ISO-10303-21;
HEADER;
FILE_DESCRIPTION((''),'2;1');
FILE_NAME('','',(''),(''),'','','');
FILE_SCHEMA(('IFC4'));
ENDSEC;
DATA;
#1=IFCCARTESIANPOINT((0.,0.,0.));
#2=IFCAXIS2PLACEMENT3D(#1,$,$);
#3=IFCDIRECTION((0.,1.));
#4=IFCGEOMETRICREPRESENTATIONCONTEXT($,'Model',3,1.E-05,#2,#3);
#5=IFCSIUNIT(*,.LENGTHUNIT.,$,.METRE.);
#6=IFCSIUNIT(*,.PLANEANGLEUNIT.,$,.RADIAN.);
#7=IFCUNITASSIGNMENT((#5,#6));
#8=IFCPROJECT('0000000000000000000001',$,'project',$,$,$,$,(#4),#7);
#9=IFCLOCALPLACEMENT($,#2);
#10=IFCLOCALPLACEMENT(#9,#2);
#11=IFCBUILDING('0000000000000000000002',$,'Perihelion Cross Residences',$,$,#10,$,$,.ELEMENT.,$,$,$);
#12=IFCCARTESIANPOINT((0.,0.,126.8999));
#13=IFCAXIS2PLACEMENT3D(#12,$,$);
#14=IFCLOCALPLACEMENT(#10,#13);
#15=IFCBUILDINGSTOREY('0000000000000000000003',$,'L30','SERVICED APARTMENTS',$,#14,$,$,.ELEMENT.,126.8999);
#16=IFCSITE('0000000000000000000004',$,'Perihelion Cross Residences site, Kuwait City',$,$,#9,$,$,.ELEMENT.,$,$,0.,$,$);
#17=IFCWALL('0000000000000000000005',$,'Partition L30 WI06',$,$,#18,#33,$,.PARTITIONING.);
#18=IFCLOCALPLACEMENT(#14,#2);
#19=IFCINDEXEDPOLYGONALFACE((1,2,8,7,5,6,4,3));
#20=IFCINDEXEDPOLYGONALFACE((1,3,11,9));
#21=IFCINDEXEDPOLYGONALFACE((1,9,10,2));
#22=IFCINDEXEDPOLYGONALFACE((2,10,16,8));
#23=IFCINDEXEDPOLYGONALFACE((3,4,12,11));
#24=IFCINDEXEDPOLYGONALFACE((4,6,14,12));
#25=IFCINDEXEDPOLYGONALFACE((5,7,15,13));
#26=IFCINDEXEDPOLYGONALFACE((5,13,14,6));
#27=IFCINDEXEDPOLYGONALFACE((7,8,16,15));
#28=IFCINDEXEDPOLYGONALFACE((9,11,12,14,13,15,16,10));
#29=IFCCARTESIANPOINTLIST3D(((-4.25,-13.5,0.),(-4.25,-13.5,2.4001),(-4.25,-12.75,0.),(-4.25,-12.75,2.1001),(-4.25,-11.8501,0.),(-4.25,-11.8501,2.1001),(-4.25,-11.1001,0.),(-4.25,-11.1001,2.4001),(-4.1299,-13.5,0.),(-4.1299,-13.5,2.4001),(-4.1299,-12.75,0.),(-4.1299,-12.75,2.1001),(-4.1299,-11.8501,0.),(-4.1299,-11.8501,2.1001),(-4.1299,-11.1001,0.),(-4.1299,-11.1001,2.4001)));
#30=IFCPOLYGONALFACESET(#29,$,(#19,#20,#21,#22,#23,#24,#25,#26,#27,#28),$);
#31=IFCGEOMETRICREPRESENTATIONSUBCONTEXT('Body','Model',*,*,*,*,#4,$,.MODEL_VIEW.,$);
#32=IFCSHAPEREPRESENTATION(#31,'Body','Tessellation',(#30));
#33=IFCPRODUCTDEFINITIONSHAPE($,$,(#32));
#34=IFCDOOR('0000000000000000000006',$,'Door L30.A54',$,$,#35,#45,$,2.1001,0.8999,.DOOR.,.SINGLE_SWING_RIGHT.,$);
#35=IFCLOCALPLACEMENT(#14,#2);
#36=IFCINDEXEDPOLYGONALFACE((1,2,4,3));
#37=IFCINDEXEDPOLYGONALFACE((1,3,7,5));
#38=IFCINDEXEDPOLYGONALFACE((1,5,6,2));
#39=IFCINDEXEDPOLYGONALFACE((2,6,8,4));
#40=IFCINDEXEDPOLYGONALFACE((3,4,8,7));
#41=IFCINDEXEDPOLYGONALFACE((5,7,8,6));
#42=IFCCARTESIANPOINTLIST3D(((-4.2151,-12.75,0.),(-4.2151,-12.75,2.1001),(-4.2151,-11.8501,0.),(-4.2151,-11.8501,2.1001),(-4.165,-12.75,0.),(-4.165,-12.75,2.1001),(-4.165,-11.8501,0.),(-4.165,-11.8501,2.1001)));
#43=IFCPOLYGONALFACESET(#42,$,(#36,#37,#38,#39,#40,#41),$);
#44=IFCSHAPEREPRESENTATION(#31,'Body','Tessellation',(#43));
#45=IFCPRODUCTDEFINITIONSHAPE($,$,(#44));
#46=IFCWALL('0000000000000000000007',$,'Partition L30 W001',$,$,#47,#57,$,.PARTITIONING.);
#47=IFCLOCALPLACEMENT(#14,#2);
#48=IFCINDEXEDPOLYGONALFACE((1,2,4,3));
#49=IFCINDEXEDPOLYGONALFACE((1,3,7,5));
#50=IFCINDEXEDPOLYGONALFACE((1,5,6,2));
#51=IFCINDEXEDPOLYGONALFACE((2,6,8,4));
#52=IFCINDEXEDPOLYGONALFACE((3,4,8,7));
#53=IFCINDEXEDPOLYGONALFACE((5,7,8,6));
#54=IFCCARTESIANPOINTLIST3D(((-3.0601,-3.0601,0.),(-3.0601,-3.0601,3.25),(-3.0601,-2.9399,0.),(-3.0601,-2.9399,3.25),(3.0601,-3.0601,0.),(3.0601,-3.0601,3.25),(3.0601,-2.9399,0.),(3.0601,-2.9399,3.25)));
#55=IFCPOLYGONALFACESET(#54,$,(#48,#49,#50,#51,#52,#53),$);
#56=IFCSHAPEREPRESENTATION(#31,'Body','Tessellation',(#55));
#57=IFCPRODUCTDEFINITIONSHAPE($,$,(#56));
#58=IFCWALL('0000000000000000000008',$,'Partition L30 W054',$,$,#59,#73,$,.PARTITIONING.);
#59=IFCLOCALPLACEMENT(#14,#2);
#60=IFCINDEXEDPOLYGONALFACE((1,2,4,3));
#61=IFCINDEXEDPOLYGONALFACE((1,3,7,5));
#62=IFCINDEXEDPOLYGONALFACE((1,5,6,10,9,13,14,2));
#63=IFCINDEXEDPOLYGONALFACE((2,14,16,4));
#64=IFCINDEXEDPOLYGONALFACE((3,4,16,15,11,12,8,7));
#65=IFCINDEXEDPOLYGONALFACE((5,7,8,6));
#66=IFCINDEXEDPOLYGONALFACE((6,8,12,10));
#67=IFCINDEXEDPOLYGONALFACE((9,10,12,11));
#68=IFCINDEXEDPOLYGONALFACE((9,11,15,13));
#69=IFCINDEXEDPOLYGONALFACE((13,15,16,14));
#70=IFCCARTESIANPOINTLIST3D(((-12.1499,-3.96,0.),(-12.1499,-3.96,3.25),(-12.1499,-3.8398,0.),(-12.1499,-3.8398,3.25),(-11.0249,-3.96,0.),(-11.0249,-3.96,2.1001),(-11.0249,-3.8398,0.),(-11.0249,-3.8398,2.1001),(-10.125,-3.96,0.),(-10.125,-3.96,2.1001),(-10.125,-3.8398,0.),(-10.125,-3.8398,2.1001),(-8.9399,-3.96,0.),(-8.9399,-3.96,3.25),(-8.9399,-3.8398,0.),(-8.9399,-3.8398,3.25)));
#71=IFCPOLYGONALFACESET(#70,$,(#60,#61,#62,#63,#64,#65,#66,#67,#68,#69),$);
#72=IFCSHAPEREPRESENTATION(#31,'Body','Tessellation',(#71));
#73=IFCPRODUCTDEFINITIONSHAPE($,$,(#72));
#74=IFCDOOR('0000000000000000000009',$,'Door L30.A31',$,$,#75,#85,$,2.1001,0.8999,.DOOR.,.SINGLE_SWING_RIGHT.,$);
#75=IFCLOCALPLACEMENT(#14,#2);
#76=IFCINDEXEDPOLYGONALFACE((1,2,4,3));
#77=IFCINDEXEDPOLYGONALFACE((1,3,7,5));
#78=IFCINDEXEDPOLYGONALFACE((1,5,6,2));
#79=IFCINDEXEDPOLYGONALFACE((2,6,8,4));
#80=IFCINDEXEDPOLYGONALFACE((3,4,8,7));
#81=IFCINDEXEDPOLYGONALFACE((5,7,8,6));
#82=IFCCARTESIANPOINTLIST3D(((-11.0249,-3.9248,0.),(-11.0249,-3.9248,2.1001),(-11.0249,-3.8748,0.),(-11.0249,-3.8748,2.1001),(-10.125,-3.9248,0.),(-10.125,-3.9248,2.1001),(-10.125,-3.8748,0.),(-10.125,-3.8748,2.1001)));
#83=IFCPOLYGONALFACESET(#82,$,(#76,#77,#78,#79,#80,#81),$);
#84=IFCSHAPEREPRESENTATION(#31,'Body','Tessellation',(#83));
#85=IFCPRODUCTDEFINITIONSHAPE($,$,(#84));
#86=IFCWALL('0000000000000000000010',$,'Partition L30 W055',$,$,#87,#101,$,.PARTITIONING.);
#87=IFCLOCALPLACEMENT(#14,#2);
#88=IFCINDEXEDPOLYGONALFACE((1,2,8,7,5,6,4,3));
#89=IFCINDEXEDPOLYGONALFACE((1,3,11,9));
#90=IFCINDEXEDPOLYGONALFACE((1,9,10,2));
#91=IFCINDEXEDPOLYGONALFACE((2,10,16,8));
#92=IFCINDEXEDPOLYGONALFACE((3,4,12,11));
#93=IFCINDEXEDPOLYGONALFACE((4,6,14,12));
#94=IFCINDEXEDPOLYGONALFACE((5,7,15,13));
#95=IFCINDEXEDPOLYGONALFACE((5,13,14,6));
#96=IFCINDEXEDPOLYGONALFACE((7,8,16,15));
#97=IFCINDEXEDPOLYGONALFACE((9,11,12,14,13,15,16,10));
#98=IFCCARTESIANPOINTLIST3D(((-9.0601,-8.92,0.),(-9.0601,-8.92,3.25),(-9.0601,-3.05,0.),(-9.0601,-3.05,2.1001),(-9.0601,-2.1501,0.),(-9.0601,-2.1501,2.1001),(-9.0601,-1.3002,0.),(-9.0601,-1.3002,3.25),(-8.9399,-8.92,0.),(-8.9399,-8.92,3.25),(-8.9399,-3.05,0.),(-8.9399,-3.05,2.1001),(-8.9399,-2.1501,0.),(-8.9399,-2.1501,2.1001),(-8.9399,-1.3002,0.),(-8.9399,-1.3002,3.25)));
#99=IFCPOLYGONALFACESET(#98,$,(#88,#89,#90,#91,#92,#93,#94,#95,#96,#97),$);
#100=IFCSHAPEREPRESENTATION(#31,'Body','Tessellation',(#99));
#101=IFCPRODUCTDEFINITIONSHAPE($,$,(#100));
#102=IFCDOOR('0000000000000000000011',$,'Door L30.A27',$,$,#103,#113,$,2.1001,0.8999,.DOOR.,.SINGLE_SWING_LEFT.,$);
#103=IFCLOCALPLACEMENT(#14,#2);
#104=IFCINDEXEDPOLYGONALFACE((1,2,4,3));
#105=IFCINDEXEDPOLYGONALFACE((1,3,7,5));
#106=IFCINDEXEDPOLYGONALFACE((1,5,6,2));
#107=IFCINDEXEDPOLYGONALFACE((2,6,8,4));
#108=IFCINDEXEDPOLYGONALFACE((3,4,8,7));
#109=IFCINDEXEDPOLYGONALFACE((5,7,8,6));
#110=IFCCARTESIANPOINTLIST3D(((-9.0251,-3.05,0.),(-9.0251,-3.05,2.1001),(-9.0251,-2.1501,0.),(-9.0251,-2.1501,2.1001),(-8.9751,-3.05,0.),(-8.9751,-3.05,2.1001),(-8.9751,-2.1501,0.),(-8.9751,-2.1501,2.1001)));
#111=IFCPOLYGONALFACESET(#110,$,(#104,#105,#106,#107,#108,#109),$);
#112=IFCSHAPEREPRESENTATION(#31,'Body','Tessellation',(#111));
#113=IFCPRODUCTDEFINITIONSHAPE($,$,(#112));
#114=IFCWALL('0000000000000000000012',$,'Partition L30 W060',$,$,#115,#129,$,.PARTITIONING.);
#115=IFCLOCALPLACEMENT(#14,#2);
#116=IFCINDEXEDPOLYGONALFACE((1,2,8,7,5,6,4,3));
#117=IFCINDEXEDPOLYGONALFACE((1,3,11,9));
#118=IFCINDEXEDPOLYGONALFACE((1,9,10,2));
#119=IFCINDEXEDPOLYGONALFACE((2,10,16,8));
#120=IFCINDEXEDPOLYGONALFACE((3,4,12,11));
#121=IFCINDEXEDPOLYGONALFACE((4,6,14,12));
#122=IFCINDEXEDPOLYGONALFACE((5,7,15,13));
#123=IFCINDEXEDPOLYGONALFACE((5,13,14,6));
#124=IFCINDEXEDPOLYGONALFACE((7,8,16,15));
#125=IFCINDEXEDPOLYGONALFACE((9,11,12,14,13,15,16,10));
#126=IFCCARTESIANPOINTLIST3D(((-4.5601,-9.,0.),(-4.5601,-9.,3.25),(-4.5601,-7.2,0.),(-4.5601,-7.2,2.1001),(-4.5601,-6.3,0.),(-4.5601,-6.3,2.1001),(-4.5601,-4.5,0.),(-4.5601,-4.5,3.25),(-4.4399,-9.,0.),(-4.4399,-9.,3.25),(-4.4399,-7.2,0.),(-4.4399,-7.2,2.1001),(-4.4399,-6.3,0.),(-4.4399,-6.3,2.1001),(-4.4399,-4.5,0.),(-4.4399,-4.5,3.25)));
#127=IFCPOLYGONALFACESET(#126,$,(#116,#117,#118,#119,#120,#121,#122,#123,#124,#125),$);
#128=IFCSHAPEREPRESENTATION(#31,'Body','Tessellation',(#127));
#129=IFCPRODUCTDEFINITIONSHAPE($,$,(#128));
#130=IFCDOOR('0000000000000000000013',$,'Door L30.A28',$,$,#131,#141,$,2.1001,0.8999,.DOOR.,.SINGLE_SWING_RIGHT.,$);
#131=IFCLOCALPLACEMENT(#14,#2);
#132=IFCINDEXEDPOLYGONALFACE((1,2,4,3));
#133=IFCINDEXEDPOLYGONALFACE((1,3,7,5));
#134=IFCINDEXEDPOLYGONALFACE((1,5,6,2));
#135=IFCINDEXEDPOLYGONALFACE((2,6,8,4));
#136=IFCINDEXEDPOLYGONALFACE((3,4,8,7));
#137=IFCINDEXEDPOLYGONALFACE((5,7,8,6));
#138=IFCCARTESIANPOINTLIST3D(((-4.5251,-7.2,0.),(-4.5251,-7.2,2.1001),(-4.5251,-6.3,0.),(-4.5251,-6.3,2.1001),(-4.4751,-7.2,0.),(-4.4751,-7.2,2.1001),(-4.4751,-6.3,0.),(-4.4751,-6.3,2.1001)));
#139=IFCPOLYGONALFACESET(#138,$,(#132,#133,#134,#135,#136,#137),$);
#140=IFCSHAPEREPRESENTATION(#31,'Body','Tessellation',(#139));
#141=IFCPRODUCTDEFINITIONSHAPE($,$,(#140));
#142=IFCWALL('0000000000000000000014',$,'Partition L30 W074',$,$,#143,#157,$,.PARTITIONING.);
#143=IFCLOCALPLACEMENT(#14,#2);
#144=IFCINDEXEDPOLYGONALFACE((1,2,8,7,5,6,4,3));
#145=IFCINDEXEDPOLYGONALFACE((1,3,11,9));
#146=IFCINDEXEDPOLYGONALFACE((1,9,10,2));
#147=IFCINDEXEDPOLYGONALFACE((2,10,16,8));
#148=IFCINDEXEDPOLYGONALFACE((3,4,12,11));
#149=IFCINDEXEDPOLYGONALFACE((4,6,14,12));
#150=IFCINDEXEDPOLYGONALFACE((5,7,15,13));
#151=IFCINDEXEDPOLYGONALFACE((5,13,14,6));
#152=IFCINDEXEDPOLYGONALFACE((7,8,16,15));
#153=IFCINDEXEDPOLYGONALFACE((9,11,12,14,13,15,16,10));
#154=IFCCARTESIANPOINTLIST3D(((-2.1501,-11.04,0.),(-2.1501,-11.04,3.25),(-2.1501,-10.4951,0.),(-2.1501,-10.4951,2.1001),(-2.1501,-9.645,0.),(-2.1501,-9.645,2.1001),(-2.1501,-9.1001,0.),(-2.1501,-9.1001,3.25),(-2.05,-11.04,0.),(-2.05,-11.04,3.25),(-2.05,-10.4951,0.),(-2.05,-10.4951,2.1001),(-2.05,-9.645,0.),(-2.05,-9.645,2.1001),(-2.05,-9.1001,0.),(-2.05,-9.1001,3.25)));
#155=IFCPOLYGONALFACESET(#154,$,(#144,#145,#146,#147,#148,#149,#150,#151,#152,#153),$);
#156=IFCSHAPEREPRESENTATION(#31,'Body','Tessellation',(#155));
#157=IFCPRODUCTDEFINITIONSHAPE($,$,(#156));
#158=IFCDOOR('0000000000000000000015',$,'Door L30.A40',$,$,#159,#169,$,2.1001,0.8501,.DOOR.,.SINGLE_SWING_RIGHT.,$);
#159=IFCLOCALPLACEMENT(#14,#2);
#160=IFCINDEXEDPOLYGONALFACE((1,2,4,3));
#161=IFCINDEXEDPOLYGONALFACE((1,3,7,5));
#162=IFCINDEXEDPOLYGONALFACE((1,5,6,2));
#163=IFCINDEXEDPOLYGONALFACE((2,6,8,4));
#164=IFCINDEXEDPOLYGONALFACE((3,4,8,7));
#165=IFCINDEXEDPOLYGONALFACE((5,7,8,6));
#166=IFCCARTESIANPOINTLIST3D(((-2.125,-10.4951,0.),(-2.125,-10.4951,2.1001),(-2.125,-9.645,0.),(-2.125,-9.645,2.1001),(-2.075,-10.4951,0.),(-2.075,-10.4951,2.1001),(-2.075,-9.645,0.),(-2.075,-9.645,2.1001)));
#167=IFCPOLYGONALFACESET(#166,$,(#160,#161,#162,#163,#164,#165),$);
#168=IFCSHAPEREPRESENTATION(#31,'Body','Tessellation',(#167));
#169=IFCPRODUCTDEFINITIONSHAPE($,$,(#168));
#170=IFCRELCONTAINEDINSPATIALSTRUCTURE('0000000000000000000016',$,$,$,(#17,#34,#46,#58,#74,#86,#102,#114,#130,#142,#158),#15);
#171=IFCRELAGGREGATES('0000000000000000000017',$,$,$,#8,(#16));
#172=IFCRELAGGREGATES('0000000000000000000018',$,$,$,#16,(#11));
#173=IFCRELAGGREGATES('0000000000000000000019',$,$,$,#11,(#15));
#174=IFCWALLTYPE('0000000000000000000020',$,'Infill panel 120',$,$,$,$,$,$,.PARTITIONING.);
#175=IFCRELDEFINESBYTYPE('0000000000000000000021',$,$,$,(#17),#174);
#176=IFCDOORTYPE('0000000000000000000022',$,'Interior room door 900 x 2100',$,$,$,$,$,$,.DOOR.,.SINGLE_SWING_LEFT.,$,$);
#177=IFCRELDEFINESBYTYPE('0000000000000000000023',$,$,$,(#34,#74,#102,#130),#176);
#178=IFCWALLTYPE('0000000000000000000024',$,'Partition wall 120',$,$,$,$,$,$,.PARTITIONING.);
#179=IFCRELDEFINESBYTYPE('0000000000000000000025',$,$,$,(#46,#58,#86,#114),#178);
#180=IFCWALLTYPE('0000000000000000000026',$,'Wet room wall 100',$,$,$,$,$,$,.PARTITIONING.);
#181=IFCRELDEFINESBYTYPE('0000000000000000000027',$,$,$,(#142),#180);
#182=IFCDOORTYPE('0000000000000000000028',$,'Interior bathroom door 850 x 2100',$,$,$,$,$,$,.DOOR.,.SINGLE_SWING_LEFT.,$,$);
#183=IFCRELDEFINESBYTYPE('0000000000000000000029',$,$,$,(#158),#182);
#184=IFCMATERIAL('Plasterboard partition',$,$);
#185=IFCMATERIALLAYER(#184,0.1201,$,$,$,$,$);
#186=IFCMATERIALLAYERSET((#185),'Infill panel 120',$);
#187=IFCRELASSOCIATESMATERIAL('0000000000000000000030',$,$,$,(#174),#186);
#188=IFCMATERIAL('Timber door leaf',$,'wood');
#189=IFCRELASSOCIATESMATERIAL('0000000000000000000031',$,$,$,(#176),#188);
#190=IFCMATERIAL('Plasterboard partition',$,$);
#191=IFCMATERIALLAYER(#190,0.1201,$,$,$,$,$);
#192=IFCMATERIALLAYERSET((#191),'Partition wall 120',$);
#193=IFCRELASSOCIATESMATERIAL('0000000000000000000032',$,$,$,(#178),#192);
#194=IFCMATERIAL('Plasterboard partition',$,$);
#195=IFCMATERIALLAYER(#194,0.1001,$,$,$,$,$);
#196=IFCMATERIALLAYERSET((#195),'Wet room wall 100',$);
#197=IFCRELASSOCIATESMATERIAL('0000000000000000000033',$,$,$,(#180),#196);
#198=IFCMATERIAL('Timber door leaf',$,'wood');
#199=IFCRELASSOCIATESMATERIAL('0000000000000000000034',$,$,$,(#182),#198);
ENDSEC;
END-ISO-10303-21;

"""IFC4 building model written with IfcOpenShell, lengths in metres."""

from ifc_helpers import new_model, si_unit, direction, frame, frame_2d, origin, place, context, subcontext, project, spatial, rectangle, extrude, material, layer, layer_set, type_object, element, fill, save


model = new_model("IFC4")

# Units and contexts
model_context = context("Model", 3, precision=1e-05, world=origin(), true_north=direction((0.0, 1.0)))
body_context = subcontext(model_context, "Body", "Model", "MODEL_VIEW")
ifc_project = project(units=[si_unit("LENGTHUNIT", "METRE"), si_unit("PLANEANGLEUNIT", "RADIAN")], contexts=[model_context])

# Site, building, storey
site_placement = place(None, origin())
site = spatial("IfcSite", under=ifc_project, at=site_placement, Name="Perihelion Cross Residences site, Kuwait City", CompositionType="ELEMENT", RefElevation=0.0)
building_placement = place(site_placement, origin())
building = spatial("IfcBuilding", under=site, at=building_placement, Name="Perihelion Cross Residences", CompositionType="ELEMENT")
storey_placement = place(building_placement, frame((0.0, 0.0, 126.8999)))
storey = spatial("IfcBuildingStorey", under=building, at=storey_placement, Name="L30", Description="SERVICED APARTMENTS", CompositionType="ELEMENT", Elevation=126.8999)

# Wall, opening, door
ifc_material_1 = material(Name="Plasterboard partition")
ifc_layer_1 = layer(ifc_material_1, 0.1201)
ifc_layer_set_1 = layer_set([ifc_layer_1], Name="Infill panel 120")
wall_type_1 = type_object("IfcWallType", Name="Infill panel 120", PredefinedType="PARTITIONING", material=ifc_layer_set_1)
wall_1_placement = place(storey_placement, frame((-4.1899, -11.1001, 0.0), z_axis=(0.0, 0.0, 1.0), x_axis=(0.0, -1.0, 0.0)))
wall_1 = element("IfcWall", 1, at=wall_1_placement, inside=storey, type_object=wall_type_1, Name="Partition L30 WI06", PredefinedType="PARTITIONING", context=body_context, shape_type="SweptSolid", body=[
    extrude(rectangle(XDim=2.3999, YDim=0.1201, at=frame_2d((1.2, 0.0))), origin(), (0.0, 0.0, 1.0), 2.4001),
])
opening_1_placement = place(wall_1_placement, frame((0.75, 0.0, 0.0)))
opening_1 = element("IfcOpeningElement", 2, at=opening_1_placement, cuts=wall_1, PredefinedType="OPENING", context=body_context, shape_type="SweptSolid", body=[
    extrude(rectangle(XDim=0.8999, YDim=2.1001, at=frame_2d((0.45, 1.05))), frame((0.0, 0.0701, 0.0), z_axis=(0.0, -1.0, 0.0), x_axis=(1.0, 0.0, 0.0)), (0.0, 0.0, 1.0), 0.1401),
])
ifc_material_2 = material(Name="Timber door leaf", Category="wood")
door_type_1 = type_object("IfcDoorType", Name="Interior room door 900 x 2100", OperationType="SINGLE_SWING_LEFT", PredefinedType="DOOR", material=ifc_material_2)
door_1_placement = place(opening_1_placement, origin())
door_1 = element("IfcDoor", 3, at=door_1_placement, inside=storey, type_object=door_type_1, Name="Door L30.A54", OperationType="SINGLE_SWING_RIGHT", OverallHeight=2.1001, OverallWidth=0.8999, PredefinedType="DOOR", context=body_context, shape_type="SweptSolid", body=[
    extrude(rectangle(XDim=0.8999, YDim=2.1001, at=frame_2d((0.45, 1.05))), frame((0.0, 0.0249, 0.0), z_axis=(0.0, -1.0, 0.0), x_axis=(1.0, 0.0, 0.0)), (0.0, 0.0, 1.0), 0.05),
])
fill(opening_1, door_1)

# Wall
ifc_material_3 = material(Name="Plasterboard partition")
ifc_layer_2 = layer(ifc_material_3, 0.1201)
ifc_layer_set_2 = layer_set([ifc_layer_2], Name="Partition wall 120")
wall_type_2 = type_object("IfcWallType", Name="Partition wall 120", PredefinedType="PARTITIONING", material=ifc_layer_set_2)
wall_2_placement = place(storey_placement, frame((-3.0601, -3.0, 0.0), z_axis=(0.0, 0.0, 1.0), x_axis=(1.0, 0.0, 0.0)))
element("IfcWall", 4, at=wall_2_placement, inside=storey, type_object=wall_type_2, Name="Partition L30 W001", PredefinedType="PARTITIONING", context=body_context, shape_type="SweptSolid", body=[
    extrude(rectangle(XDim=6.1201, YDim=0.1201, at=frame_2d((3.0601, 0.0))), origin(), (0.0, 0.0, 1.0), 3.25),
])

# Walls, openings, doors
wall_3_placement = place(storey_placement, frame((-8.9399, -3.8999, 0.0), z_axis=(0.0, 0.0, 1.0), x_axis=(-1.0, 0.0, 0.0)))
wall_3 = element("IfcWall", 5, at=wall_3_placement, inside=storey, type_object=wall_type_2, Name="Partition L30 W054", PredefinedType="PARTITIONING", context=body_context, shape_type="SweptSolid", body=[
    extrude(rectangle(XDim=3.21, YDim=0.1201, at=frame_2d((1.605, 0.0))), origin(), (0.0, 0.0, 1.0), 3.25),
])
opening_2_placement = place(wall_3_placement, frame((1.1851, 0.0, 0.0)))
opening_2 = element("IfcOpeningElement", 6, at=opening_2_placement, cuts=wall_3, PredefinedType="OPENING", context=body_context, shape_type="SweptSolid", body=[
    extrude(rectangle(XDim=0.8999, YDim=2.1001, at=frame_2d((0.45, 1.05))), frame((0.0, 0.0701, 0.0), z_axis=(0.0, -1.0, 0.0), x_axis=(1.0, 0.0, 0.0)), (0.0, 0.0, 1.0), 0.1401),
])
door_2_placement = place(opening_2_placement, origin())
door_2 = element("IfcDoor", 7, at=door_2_placement, inside=storey, type_object=door_type_1, Name="Door L30.A31", OperationType="SINGLE_SWING_RIGHT", OverallHeight=2.1001, OverallWidth=0.8999, PredefinedType="DOOR", context=body_context, shape_type="SweptSolid", body=[
    extrude(rectangle(XDim=0.8999, YDim=2.1001, at=frame_2d((0.45, 1.05))), frame((0.0, 0.0249, 0.0), z_axis=(0.0, -1.0, 0.0), x_axis=(1.0, 0.0, 0.0)), (0.0, 0.0, 1.0), 0.05),
])
fill(opening_2, door_2)
wall_4_placement = place(storey_placement, frame((-9.0, -1.3, 0.0), z_axis=(0.0, 0.0, 1.0), x_axis=(0.0, -1.0, 0.0)))
wall_4 = element("IfcWall", 8, at=wall_4_placement, inside=storey, type_object=wall_type_2, Name="Partition L30 W055", PredefinedType="PARTITIONING", context=body_context, shape_type="SweptSolid", body=[
    extrude(rectangle(XDim=7.6199, YDim=0.1201, at=frame_2d((3.8101, 0.0))), origin(), (0.0, 0.0, 1.0), 3.25),
])
opening_3_placement = place(wall_4_placement, frame((0.8501, 0.0, 0.0)))
opening_3 = element("IfcOpeningElement", 9, at=opening_3_placement, cuts=wall_4, PredefinedType="OPENING", context=body_context, shape_type="SweptSolid", body=[
    extrude(rectangle(XDim=0.8999, YDim=2.1001, at=frame_2d((0.45, 1.05))), frame((0.0, 0.0701, 0.0), z_axis=(0.0, -1.0, 0.0), x_axis=(1.0, 0.0, 0.0)), (0.0, 0.0, 1.0), 0.1401),
])
door_3_placement = place(opening_3_placement, origin())
door_3 = element("IfcDoor", 10, at=door_3_placement, inside=storey, type_object=door_type_1, Name="Door L30.A27", OperationType="SINGLE_SWING_LEFT", OverallHeight=2.1001, OverallWidth=0.8999, PredefinedType="DOOR", context=body_context, shape_type="SweptSolid", body=[
    extrude(rectangle(XDim=0.8999, YDim=2.1001, at=frame_2d((0.45, 1.05))), frame((0.0, 0.0249, 0.0), z_axis=(0.0, -1.0, 0.0), x_axis=(1.0, 0.0, 0.0)), (0.0, 0.0, 1.0), 0.05),
])
fill(opening_3, door_3)
wall_5_placement = place(storey_placement, frame((-4.5, -4.5, 0.0), z_axis=(0.0, 0.0, 1.0), x_axis=(0.0, -1.0, 0.0)))
wall_5 = element("IfcWall", 11, at=wall_5_placement, inside=storey, type_object=wall_type_2, Name="Partition L30 W060", PredefinedType="PARTITIONING", context=body_context, shape_type="SweptSolid", body=[
    extrude(rectangle(XDim=4.5, YDim=0.1201, at=frame_2d((2.25, 0.0))), origin(), (0.0, 0.0, 1.0), 3.25),
])
opening_4_placement = place(wall_5_placement, frame((1.8, 0.0, 0.0)))
opening_4 = element("IfcOpeningElement", 12, at=opening_4_placement, cuts=wall_5, PredefinedType="OPENING", context=body_context, shape_type="SweptSolid", body=[
    extrude(rectangle(XDim=0.8999, YDim=2.1001, at=frame_2d((0.45, 1.05))), frame((0.0, 0.0701, 0.0), z_axis=(0.0, -1.0, 0.0), x_axis=(1.0, 0.0, 0.0)), (0.0, 0.0, 1.0), 0.1401),
])
door_4_placement = place(opening_4_placement, origin())
door_4 = element("IfcDoor", 13, at=door_4_placement, inside=storey, type_object=door_type_1, Name="Door L30.A28", OperationType="SINGLE_SWING_RIGHT", OverallHeight=2.1001, OverallWidth=0.8999, PredefinedType="DOOR", context=body_context, shape_type="SweptSolid", body=[
    extrude(rectangle(XDim=0.8999, YDim=2.1001, at=frame_2d((0.45, 1.05))), frame((0.0, 0.0249, 0.0), z_axis=(0.0, -1.0, 0.0), x_axis=(1.0, 0.0, 0.0)), (0.0, 0.0, 1.0), 0.05),
])
fill(opening_4, door_4)
ifc_material_4 = material(Name="Plasterboard partition")
ifc_layer_3 = layer(ifc_material_4, 0.1001)
ifc_layer_set_3 = layer_set([ifc_layer_3], Name="Wet room wall 100")
wall_type_3 = type_object("IfcWallType", Name="Wet room wall 100", PredefinedType="PARTITIONING", material=ifc_layer_set_3)
wall_6_placement = place(storey_placement, frame((-2.1001, -11.04, 0.0), z_axis=(0.0, 0.0, 1.0), x_axis=(0.0, 1.0, 0.0)))
wall_6 = element("IfcWall", 14, at=wall_6_placement, inside=storey, type_object=wall_type_3, Name="Partition L30 W074", PredefinedType="PARTITIONING", context=body_context, shape_type="SweptSolid", body=[
    extrude(rectangle(XDim=1.9399, YDim=0.1001, at=frame_2d((0.97, 0.0))), origin(), (0.0, 0.0, 1.0), 3.25),
])
opening_5_placement = place(wall_6_placement, frame((0.5449, 0.0, 0.0)))
opening_5 = element("IfcOpeningElement", 15, at=opening_5_placement, cuts=wall_6, PredefinedType="OPENING", context=body_context, shape_type="SweptSolid", body=[
    extrude(rectangle(XDim=0.8501, YDim=2.1001, at=frame_2d((0.425, 1.05))), frame((0.0, 0.0601, 0.0), z_axis=(0.0, -1.0, 0.0), x_axis=(1.0, 0.0, 0.0)), (0.0, 0.0, 1.0), 0.1201),
])
ifc_material_5 = material(Name="Timber door leaf", Category="wood")
door_type_2 = type_object("IfcDoorType", Name="Interior bathroom door 850 x 2100", OperationType="SINGLE_SWING_LEFT", PredefinedType="DOOR", material=ifc_material_5)
door_5_placement = place(opening_5_placement, origin())
door_5 = element("IfcDoor", 16, at=door_5_placement, inside=storey, type_object=door_type_2, Name="Door L30.A40", OperationType="SINGLE_SWING_RIGHT", OverallHeight=2.1001, OverallWidth=0.8501, PredefinedType="DOOR", context=body_context, shape_type="SweptSolid", body=[
    extrude(rectangle(XDim=0.8501, YDim=2.1001, at=frame_2d((0.425, 1.05))), frame((0.0, 0.0249, 0.0), z_axis=(0.0, -1.0, 0.0), x_axis=(1.0, 0.0, 0.0)), (0.0, 0.0, 1.0), 0.05),
])
fill(opening_5, door_5)

save(model, "model.ifc")
